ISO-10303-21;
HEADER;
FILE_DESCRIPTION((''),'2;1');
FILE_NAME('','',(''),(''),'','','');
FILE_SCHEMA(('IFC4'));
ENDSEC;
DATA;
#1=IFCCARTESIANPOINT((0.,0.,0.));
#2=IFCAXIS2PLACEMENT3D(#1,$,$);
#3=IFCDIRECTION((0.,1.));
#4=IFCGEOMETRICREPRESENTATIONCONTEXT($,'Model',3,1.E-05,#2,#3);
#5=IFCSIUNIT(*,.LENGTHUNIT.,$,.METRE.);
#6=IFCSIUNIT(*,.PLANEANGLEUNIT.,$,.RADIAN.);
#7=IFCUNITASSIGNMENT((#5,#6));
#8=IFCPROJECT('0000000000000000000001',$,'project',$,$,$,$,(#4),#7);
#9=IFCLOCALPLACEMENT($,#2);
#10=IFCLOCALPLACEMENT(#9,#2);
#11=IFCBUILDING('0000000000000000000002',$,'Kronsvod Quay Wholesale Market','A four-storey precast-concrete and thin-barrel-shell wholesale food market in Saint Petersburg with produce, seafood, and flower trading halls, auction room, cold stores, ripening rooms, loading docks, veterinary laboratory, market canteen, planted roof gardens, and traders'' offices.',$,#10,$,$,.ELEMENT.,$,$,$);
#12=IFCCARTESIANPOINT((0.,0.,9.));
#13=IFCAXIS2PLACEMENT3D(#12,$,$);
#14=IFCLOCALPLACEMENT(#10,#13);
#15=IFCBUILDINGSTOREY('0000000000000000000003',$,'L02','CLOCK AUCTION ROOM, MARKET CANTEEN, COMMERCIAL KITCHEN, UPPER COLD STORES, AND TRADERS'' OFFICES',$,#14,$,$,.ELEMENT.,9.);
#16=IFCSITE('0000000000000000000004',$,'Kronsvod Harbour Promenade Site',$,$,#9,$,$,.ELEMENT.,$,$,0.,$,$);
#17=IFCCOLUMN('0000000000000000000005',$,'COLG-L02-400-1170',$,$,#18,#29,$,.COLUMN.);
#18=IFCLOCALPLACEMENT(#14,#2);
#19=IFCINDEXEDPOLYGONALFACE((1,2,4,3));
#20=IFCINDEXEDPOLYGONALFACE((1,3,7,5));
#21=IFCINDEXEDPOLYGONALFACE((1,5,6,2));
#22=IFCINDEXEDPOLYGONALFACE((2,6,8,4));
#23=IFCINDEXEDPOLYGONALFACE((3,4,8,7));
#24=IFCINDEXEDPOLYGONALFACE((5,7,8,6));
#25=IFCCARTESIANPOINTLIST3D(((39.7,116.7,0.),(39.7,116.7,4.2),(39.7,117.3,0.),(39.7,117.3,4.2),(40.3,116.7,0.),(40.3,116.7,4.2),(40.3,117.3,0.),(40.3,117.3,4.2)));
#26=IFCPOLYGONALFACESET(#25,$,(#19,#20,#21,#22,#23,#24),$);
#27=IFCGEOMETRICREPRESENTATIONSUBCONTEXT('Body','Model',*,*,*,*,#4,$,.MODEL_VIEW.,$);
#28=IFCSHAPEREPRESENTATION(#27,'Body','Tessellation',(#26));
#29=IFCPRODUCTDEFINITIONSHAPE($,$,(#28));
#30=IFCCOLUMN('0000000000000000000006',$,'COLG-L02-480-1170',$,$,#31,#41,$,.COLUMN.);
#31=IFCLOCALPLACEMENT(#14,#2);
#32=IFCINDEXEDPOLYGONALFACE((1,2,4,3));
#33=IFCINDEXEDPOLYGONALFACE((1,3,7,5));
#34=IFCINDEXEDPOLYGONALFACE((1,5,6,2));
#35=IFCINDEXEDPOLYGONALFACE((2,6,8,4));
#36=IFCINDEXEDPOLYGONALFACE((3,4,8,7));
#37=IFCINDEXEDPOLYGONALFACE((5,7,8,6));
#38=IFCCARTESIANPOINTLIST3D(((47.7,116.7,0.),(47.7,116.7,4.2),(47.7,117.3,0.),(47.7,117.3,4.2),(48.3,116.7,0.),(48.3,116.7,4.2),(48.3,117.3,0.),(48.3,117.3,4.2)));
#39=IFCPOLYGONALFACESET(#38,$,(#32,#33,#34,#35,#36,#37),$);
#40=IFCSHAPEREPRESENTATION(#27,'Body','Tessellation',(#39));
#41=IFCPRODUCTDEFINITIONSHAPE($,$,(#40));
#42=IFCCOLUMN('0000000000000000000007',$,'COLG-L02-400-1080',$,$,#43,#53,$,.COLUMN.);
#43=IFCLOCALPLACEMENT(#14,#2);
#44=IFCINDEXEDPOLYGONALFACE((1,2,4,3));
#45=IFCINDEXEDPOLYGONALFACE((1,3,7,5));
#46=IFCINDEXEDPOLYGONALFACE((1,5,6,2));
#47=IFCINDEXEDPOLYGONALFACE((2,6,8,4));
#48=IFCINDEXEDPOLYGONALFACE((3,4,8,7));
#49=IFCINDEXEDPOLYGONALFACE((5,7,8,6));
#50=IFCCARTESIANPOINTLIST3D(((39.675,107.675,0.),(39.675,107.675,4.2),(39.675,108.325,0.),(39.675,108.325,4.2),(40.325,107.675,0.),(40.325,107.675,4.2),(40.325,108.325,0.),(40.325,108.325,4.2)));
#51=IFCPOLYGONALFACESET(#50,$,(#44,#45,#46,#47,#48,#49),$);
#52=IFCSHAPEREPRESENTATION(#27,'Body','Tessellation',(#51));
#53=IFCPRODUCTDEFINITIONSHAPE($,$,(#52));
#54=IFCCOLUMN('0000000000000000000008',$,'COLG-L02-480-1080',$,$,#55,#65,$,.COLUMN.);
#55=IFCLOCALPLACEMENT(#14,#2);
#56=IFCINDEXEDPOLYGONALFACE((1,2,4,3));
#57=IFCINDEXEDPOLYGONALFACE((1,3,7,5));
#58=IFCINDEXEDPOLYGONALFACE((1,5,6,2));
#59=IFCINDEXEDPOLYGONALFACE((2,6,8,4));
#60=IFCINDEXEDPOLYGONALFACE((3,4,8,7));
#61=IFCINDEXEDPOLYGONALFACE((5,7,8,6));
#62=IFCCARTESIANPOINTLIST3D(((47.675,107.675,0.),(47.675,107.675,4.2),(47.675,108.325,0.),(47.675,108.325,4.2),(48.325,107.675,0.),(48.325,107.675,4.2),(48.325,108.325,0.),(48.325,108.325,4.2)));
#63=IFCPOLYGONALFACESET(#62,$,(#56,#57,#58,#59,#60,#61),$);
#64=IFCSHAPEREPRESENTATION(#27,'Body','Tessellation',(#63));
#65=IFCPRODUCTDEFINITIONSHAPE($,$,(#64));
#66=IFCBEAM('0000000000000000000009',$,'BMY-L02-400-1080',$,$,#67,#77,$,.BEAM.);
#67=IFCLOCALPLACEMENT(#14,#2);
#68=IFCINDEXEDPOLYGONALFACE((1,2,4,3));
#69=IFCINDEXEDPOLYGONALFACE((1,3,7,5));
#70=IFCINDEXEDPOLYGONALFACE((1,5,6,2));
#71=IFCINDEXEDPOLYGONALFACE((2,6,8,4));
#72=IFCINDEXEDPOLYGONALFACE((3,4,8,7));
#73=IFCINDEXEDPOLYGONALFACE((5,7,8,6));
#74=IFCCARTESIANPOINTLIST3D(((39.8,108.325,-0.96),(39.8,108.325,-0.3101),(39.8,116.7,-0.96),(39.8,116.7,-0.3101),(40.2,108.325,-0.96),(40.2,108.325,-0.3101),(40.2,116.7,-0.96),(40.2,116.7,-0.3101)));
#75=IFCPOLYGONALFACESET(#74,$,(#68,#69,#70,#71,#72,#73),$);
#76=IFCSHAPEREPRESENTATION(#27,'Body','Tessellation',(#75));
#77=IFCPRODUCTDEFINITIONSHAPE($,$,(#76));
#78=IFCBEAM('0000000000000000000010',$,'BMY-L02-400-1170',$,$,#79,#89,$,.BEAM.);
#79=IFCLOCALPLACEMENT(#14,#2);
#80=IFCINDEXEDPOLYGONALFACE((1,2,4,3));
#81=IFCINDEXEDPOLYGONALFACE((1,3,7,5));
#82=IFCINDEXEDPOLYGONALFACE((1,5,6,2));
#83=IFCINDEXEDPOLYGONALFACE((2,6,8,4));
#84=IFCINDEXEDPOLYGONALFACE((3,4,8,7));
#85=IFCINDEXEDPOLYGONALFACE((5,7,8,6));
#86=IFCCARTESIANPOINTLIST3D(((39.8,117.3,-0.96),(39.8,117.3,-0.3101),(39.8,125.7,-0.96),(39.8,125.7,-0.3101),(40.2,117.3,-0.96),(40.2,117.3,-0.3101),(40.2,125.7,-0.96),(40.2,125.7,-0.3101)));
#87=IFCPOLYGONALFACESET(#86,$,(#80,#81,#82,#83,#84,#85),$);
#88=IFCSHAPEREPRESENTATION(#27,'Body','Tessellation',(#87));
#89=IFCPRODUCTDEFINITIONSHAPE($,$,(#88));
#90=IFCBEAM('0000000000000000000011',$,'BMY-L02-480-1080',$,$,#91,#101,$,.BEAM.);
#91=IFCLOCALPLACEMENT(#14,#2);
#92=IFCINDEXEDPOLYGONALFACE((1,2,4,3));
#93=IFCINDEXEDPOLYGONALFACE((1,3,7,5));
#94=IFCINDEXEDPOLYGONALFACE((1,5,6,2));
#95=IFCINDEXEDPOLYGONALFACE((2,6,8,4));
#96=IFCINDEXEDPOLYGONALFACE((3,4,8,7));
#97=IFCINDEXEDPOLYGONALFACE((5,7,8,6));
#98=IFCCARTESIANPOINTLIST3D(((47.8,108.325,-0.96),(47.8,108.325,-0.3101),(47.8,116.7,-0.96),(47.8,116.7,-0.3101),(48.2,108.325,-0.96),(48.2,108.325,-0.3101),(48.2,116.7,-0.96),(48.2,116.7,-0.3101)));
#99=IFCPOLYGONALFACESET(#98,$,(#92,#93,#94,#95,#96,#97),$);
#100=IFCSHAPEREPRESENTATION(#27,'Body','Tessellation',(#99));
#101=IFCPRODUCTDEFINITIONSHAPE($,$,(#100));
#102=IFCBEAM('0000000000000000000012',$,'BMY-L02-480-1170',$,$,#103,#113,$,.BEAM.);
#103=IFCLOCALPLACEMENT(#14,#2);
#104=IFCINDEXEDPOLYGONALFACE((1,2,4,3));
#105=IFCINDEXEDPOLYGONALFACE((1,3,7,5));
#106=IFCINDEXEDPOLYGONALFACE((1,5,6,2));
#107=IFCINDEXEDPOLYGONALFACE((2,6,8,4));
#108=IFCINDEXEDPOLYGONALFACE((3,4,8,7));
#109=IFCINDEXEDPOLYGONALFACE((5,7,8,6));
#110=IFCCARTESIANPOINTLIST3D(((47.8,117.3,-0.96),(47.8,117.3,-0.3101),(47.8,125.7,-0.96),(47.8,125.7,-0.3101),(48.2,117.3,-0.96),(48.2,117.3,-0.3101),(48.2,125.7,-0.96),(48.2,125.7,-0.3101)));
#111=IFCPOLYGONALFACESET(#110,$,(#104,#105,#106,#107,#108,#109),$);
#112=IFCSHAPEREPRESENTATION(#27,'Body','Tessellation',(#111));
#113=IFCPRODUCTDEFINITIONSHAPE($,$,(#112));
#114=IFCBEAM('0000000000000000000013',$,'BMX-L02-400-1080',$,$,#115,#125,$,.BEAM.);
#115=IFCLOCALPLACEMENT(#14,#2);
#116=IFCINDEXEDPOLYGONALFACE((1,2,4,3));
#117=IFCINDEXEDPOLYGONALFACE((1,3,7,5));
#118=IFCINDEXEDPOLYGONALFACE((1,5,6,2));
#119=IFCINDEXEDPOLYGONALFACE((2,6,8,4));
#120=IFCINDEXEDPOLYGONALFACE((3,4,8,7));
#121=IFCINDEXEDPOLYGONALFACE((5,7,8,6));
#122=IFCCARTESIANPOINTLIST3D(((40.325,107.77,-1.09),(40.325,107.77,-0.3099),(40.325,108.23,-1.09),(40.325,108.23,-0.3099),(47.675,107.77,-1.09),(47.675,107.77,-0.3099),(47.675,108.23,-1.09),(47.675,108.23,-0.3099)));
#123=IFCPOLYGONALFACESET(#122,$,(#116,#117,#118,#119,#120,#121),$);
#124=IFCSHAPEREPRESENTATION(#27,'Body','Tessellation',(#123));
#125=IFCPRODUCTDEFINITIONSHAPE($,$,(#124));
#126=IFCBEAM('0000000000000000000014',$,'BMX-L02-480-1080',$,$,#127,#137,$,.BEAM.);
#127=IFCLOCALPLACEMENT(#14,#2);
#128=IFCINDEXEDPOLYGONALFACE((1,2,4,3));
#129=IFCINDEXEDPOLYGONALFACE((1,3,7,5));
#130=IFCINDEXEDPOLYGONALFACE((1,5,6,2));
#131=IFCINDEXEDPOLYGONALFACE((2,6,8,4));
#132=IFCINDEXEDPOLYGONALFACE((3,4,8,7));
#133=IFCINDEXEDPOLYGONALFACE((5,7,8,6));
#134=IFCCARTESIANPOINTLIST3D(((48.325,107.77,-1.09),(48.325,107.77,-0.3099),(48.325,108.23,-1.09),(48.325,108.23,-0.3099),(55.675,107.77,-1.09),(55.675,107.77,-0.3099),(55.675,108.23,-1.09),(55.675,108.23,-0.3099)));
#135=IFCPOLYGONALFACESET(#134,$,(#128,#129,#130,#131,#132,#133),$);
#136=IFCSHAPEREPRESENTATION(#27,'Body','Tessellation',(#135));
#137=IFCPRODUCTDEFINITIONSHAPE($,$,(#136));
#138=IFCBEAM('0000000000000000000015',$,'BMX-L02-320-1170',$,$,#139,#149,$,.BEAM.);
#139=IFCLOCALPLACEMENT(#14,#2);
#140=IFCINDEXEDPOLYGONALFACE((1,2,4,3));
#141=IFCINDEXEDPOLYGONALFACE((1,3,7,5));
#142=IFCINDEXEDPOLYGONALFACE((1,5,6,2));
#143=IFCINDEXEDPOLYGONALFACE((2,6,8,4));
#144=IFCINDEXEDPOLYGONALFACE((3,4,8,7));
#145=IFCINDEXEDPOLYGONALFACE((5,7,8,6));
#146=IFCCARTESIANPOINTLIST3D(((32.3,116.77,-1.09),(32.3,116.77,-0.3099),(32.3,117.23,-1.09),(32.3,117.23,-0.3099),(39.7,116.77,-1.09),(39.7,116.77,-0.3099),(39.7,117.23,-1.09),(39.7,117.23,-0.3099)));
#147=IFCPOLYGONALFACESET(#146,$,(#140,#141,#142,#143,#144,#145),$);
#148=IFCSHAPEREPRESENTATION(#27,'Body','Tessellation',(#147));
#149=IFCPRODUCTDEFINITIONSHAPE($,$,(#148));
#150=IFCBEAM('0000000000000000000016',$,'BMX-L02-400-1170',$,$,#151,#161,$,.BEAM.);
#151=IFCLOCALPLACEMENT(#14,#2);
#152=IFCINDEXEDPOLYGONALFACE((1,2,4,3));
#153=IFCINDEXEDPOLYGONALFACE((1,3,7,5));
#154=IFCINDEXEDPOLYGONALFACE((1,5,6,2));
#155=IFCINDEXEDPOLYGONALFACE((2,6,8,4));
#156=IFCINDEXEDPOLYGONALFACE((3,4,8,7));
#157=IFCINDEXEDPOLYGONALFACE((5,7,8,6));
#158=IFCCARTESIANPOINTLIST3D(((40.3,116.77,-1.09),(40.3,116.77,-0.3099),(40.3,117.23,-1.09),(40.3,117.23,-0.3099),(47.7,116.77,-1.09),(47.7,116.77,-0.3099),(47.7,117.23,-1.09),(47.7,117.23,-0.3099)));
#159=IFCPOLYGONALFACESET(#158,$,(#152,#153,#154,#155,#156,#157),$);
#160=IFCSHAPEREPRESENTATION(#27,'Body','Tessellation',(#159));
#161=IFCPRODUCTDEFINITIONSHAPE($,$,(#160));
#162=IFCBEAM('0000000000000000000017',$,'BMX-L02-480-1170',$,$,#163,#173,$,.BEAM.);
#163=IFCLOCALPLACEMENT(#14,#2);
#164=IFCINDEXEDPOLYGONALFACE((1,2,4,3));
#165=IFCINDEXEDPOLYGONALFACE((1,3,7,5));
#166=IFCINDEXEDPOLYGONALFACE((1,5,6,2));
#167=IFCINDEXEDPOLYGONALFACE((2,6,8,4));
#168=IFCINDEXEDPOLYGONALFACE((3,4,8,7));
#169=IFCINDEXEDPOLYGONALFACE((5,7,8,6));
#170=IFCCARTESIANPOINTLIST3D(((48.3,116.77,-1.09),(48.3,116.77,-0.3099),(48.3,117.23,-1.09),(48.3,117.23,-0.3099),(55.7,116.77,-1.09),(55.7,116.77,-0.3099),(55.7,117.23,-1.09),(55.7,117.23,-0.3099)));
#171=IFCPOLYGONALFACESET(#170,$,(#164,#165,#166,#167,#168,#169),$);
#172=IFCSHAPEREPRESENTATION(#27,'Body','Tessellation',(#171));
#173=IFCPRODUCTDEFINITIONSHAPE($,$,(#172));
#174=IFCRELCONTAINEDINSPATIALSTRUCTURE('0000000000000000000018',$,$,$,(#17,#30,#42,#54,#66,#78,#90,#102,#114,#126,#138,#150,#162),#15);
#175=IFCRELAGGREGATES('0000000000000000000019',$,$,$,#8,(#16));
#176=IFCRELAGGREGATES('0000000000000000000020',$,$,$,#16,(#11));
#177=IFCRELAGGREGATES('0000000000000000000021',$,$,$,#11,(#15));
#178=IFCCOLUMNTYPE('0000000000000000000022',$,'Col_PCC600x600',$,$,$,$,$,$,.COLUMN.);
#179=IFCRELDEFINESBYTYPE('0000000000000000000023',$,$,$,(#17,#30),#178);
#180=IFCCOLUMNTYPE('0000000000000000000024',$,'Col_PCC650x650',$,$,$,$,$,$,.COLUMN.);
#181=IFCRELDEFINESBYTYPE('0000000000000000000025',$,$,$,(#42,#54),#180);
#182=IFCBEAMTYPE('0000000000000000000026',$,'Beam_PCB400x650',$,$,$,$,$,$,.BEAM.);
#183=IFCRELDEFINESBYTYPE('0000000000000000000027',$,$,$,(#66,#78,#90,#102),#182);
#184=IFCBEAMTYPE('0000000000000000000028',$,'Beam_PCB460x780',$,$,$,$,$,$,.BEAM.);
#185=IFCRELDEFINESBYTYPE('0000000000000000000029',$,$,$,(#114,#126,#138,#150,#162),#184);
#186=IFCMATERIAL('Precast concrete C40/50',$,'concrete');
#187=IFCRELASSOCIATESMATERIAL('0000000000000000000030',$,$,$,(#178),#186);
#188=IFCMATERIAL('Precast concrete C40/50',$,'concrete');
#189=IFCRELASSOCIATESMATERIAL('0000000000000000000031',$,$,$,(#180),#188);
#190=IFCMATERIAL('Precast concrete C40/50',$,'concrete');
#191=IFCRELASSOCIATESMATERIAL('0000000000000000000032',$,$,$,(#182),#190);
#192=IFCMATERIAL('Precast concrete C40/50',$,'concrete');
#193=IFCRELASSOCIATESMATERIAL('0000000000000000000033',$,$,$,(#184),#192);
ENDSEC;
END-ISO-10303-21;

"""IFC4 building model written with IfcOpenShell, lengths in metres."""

from ifc_helpers import new_model, si_unit, direction, frame, origin, origin_2d, place, context, subcontext, project, spatial, rectangle, extrude, material, material_profile, profile_set, type_object, element, save


model = new_model("IFC4")

# Units and contexts
model_context = context("Model", 3, precision=1e-05, world=origin(), true_north=direction((0.0, 1.0)))
body_context = subcontext(model_context, "Body", "Model", "MODEL_VIEW")
ifc_project = project(units=[si_unit("LENGTHUNIT", "METRE"), si_unit("PLANEANGLEUNIT", "RADIAN")], contexts=[model_context])

# Site, building, storey
site_placement = place(None, origin())
site = spatial("IfcSite", under=ifc_project, at=site_placement, Name="Kronsvod Harbour Promenade Site", CompositionType="ELEMENT", RefElevation=0.0)
building_placement = place(site_placement, origin())
building = spatial("IfcBuilding", under=site, at=building_placement, Name="Kronsvod Quay Wholesale Market", Description="A four-storey precast-concrete and thin-barrel-shell wholesale food market in Saint Petersburg with produce, seafood, and flower trading halls, auction room, cold stores, ripening rooms, loading docks, veterinary laboratory, market canteen, planted roof gardens, and traders' offices.", CompositionType="ELEMENT")
storey_placement = place(building_placement, frame((0.0, 0.0, 9.0)))
storey = spatial("IfcBuildingStorey", under=building, at=storey_placement, Name="L02", Description="CLOCK AUCTION ROOM, MARKET CANTEEN, COMMERCIAL KITCHEN, UPPER COLD STORES, AND TRADERS' OFFICES", CompositionType="ELEMENT", Elevation=9.0)

# Columns
ifc_material_1 = material(Name="Precast concrete C40/50", Category="concrete")
ifc_material_profile_1 = material_profile(ifc_material_1, rectangle(XDim=0.6001, YDim=0.6001, at=origin_2d()), Name="PCC600x600")
ifc_profile_set_1 = profile_set([ifc_material_profile_1], Name="Precast concrete C40/50")
column_type_1 = type_object("IfcColumnType", Name="Col_PCC600x600", PredefinedType="COLUMN", material=ifc_profile_set_1)
for number, where, z_axis, x_axis, name in (
    (1, (40.0, 117.0, 0.0), (0.0, 0.0, 1.0), (1.0, 0.0, 0.0), "COLG-L02-400-1170"),
    (2, (48.0, 117.0, 0.0), (0.0, 0.0, 1.0), (1.0, 0.0, 0.0), "COLG-L02-480-1170"),
):
    element("IfcColumn", number, at=place(storey_placement, frame(where, z_axis=z_axis, x_axis=x_axis)), inside=storey, type_object=column_type_1, Name=name, PredefinedType="COLUMN", context=body_context, shape_type="SweptSolid", body=[
        extrude(rectangle(XDim=0.6001, YDim=0.6001, at=origin_2d()), origin(), (0.0, 0.0, 1.0), 4.2),
    ])
ifc_material_2 = material(Name="Precast concrete C40/50", Category="concrete")
ifc_material_profile_2 = material_profile(ifc_material_2, rectangle(XDim=0.6499, YDim=0.6499, at=origin_2d()), Name="COL-08")
ifc_profile_set_2 = profile_set([ifc_material_profile_2], Name="Precast concrete C40/50")
column_type_2 = type_object("IfcColumnType", Name="Col_PCC650x650", PredefinedType="COLUMN", material=ifc_profile_set_2)
for number, where, z_axis, x_axis, name in (
    (3, (40.0, 108.0, 0.0), (0.0, 0.0, 1.0), (1.0, 0.0, 0.0), "COLG-L02-400-1080"),
    (4, (48.0, 108.0, 0.0), (0.0, 0.0, 1.0), (1.0, 0.0, 0.0), "COLG-L02-480-1080"),
):
    element("IfcColumn", number, at=place(storey_placement, frame(where, z_axis=z_axis, x_axis=x_axis)), inside=storey, type_object=column_type_2, Name=name, PredefinedType="COLUMN", context=body_context, shape_type="SweptSolid", body=[
        extrude(rectangle(XDim=0.6499, YDim=0.6499, at=origin_2d()), origin(), (0.0, 0.0, 1.0), 4.2),
    ])

# Beams
ifc_material_3 = material(Name="Precast concrete C40/50", Category="concrete")
ifc_material_profile_3 = material_profile(ifc_material_3, rectangle(XDim=0.3999, YDim=0.6499, at=origin_2d()), Name="PCB400x650")
ifc_profile_set_3 = profile_set([ifc_material_profile_3], Name="Precast concrete C40/50")
beam_type_1 = type_object("IfcBeamType", Name="Beam_PCB400x650", PredefinedType="BEAM", material=ifc_profile_set_3)
beam_1_placement = place(storey_placement, frame((40.0, 108.325, -0.635), z_axis=(0.0, 1.0, 0.0), x_axis=(-1.0, 0.0, 0.0)))
element("IfcBeam", 5, at=beam_1_placement, inside=storey, type_object=beam_type_1, Name="BMY-L02-400-1080", PredefinedType="BEAM", context=body_context, shape_type="SweptSolid", body=[
    extrude(rectangle(XDim=0.3999, YDim=0.6499, at=origin_2d()), origin(), (0.0, 0.0, 1.0), 8.375),
])
beam_2_placement = place(storey_placement, frame((40.0, 117.3, -0.635), z_axis=(0.0, 1.0, 0.0), x_axis=(-1.0, 0.0, 0.0)))
element("IfcBeam", 6, at=beam_2_placement, inside=storey, type_object=beam_type_1, Name="BMY-L02-400-1170", PredefinedType="BEAM", context=body_context, shape_type="SweptSolid", body=[
    extrude(rectangle(XDim=0.3999, YDim=0.6499, at=origin_2d()), origin(), (0.0, 0.0, 1.0), 8.3999),
])
beam_3_placement = place(storey_placement, frame((48.0, 108.325, -0.635), z_axis=(0.0, 1.0, 0.0), x_axis=(-1.0, 0.0, 0.0)))
element("IfcBeam", 7, at=beam_3_placement, inside=storey, type_object=beam_type_1, Name="BMY-L02-480-1080", PredefinedType="BEAM", context=body_context, shape_type="SweptSolid", body=[
    extrude(rectangle(XDim=0.3999, YDim=0.6499, at=origin_2d()), origin(), (0.0, 0.0, 1.0), 8.375),
])
beam_4_placement = place(storey_placement, frame((48.0, 117.3, -0.635), z_axis=(0.0, 1.0, 0.0), x_axis=(-1.0, 0.0, 0.0)))
element("IfcBeam", 8, at=beam_4_placement, inside=storey, type_object=beam_type_1, Name="BMY-L02-480-1170", PredefinedType="BEAM", context=body_context, shape_type="SweptSolid", body=[
    extrude(rectangle(XDim=0.3999, YDim=0.6499, at=origin_2d()), origin(), (0.0, 0.0, 1.0), 8.3999),
])
ifc_material_4 = material(Name="Precast concrete C40/50", Category="concrete")
ifc_material_profile_4 = material_profile(ifc_material_4, rectangle(XDim=0.46, YDim=0.78, at=origin_2d()), Name="PB-03")
ifc_profile_set_4 = profile_set([ifc_material_profile_4], Name="Precast concrete C40/50")
beam_type_2 = type_object("IfcBeamType", Name="Beam_PCB460x780", PredefinedType="BEAM", material=ifc_profile_set_4)
for number, where, z_axis, x_axis, name in (
    (9, (40.325, 108.0, -0.7), (1.0, 0.0, 0.0), (0.0, 1.0, 0.0), "BMX-L02-400-1080"),
    (10, (48.325, 108.0, -0.7), (1.0, 0.0, 0.0), (0.0, 1.0, 0.0), "BMX-L02-480-1080"),
):
    element("IfcBeam", number, at=place(storey_placement, frame(where, z_axis=z_axis, x_axis=x_axis)), inside=storey, type_object=beam_type_2, Name=name, PredefinedType="BEAM", context=body_context, shape_type="SweptSolid", body=[
        extrude(rectangle(XDim=0.46, YDim=0.78, at=origin_2d()), origin(), (0.0, 0.0, 1.0), 7.3501),
    ])
for number, where, z_axis, x_axis, name in (
    (11, (32.3, 117.0, -0.7), (1.0, 0.0, 0.0), (0.0, 1.0, 0.0), "BMX-L02-320-1170"),
    (12, (40.3, 117.0, -0.7), (1.0, 0.0, 0.0), (0.0, 1.0, 0.0), "BMX-L02-400-1170"),
    (13, (48.3, 117.0, -0.7), (1.0, 0.0, 0.0), (0.0, 1.0, 0.0), "BMX-L02-480-1170"),
):
    element("IfcBeam", number, at=place(storey_placement, frame(where, z_axis=z_axis, x_axis=x_axis)), inside=storey, type_object=beam_type_2, Name=name, PredefinedType="BEAM", context=body_context, shape_type="SweptSolid", body=[
        extrude(rectangle(XDim=0.46, YDim=0.78, at=origin_2d()), origin(), (0.0, 0.0, 1.0), 7.3999),
    ])

save(model, "model.ifc")
